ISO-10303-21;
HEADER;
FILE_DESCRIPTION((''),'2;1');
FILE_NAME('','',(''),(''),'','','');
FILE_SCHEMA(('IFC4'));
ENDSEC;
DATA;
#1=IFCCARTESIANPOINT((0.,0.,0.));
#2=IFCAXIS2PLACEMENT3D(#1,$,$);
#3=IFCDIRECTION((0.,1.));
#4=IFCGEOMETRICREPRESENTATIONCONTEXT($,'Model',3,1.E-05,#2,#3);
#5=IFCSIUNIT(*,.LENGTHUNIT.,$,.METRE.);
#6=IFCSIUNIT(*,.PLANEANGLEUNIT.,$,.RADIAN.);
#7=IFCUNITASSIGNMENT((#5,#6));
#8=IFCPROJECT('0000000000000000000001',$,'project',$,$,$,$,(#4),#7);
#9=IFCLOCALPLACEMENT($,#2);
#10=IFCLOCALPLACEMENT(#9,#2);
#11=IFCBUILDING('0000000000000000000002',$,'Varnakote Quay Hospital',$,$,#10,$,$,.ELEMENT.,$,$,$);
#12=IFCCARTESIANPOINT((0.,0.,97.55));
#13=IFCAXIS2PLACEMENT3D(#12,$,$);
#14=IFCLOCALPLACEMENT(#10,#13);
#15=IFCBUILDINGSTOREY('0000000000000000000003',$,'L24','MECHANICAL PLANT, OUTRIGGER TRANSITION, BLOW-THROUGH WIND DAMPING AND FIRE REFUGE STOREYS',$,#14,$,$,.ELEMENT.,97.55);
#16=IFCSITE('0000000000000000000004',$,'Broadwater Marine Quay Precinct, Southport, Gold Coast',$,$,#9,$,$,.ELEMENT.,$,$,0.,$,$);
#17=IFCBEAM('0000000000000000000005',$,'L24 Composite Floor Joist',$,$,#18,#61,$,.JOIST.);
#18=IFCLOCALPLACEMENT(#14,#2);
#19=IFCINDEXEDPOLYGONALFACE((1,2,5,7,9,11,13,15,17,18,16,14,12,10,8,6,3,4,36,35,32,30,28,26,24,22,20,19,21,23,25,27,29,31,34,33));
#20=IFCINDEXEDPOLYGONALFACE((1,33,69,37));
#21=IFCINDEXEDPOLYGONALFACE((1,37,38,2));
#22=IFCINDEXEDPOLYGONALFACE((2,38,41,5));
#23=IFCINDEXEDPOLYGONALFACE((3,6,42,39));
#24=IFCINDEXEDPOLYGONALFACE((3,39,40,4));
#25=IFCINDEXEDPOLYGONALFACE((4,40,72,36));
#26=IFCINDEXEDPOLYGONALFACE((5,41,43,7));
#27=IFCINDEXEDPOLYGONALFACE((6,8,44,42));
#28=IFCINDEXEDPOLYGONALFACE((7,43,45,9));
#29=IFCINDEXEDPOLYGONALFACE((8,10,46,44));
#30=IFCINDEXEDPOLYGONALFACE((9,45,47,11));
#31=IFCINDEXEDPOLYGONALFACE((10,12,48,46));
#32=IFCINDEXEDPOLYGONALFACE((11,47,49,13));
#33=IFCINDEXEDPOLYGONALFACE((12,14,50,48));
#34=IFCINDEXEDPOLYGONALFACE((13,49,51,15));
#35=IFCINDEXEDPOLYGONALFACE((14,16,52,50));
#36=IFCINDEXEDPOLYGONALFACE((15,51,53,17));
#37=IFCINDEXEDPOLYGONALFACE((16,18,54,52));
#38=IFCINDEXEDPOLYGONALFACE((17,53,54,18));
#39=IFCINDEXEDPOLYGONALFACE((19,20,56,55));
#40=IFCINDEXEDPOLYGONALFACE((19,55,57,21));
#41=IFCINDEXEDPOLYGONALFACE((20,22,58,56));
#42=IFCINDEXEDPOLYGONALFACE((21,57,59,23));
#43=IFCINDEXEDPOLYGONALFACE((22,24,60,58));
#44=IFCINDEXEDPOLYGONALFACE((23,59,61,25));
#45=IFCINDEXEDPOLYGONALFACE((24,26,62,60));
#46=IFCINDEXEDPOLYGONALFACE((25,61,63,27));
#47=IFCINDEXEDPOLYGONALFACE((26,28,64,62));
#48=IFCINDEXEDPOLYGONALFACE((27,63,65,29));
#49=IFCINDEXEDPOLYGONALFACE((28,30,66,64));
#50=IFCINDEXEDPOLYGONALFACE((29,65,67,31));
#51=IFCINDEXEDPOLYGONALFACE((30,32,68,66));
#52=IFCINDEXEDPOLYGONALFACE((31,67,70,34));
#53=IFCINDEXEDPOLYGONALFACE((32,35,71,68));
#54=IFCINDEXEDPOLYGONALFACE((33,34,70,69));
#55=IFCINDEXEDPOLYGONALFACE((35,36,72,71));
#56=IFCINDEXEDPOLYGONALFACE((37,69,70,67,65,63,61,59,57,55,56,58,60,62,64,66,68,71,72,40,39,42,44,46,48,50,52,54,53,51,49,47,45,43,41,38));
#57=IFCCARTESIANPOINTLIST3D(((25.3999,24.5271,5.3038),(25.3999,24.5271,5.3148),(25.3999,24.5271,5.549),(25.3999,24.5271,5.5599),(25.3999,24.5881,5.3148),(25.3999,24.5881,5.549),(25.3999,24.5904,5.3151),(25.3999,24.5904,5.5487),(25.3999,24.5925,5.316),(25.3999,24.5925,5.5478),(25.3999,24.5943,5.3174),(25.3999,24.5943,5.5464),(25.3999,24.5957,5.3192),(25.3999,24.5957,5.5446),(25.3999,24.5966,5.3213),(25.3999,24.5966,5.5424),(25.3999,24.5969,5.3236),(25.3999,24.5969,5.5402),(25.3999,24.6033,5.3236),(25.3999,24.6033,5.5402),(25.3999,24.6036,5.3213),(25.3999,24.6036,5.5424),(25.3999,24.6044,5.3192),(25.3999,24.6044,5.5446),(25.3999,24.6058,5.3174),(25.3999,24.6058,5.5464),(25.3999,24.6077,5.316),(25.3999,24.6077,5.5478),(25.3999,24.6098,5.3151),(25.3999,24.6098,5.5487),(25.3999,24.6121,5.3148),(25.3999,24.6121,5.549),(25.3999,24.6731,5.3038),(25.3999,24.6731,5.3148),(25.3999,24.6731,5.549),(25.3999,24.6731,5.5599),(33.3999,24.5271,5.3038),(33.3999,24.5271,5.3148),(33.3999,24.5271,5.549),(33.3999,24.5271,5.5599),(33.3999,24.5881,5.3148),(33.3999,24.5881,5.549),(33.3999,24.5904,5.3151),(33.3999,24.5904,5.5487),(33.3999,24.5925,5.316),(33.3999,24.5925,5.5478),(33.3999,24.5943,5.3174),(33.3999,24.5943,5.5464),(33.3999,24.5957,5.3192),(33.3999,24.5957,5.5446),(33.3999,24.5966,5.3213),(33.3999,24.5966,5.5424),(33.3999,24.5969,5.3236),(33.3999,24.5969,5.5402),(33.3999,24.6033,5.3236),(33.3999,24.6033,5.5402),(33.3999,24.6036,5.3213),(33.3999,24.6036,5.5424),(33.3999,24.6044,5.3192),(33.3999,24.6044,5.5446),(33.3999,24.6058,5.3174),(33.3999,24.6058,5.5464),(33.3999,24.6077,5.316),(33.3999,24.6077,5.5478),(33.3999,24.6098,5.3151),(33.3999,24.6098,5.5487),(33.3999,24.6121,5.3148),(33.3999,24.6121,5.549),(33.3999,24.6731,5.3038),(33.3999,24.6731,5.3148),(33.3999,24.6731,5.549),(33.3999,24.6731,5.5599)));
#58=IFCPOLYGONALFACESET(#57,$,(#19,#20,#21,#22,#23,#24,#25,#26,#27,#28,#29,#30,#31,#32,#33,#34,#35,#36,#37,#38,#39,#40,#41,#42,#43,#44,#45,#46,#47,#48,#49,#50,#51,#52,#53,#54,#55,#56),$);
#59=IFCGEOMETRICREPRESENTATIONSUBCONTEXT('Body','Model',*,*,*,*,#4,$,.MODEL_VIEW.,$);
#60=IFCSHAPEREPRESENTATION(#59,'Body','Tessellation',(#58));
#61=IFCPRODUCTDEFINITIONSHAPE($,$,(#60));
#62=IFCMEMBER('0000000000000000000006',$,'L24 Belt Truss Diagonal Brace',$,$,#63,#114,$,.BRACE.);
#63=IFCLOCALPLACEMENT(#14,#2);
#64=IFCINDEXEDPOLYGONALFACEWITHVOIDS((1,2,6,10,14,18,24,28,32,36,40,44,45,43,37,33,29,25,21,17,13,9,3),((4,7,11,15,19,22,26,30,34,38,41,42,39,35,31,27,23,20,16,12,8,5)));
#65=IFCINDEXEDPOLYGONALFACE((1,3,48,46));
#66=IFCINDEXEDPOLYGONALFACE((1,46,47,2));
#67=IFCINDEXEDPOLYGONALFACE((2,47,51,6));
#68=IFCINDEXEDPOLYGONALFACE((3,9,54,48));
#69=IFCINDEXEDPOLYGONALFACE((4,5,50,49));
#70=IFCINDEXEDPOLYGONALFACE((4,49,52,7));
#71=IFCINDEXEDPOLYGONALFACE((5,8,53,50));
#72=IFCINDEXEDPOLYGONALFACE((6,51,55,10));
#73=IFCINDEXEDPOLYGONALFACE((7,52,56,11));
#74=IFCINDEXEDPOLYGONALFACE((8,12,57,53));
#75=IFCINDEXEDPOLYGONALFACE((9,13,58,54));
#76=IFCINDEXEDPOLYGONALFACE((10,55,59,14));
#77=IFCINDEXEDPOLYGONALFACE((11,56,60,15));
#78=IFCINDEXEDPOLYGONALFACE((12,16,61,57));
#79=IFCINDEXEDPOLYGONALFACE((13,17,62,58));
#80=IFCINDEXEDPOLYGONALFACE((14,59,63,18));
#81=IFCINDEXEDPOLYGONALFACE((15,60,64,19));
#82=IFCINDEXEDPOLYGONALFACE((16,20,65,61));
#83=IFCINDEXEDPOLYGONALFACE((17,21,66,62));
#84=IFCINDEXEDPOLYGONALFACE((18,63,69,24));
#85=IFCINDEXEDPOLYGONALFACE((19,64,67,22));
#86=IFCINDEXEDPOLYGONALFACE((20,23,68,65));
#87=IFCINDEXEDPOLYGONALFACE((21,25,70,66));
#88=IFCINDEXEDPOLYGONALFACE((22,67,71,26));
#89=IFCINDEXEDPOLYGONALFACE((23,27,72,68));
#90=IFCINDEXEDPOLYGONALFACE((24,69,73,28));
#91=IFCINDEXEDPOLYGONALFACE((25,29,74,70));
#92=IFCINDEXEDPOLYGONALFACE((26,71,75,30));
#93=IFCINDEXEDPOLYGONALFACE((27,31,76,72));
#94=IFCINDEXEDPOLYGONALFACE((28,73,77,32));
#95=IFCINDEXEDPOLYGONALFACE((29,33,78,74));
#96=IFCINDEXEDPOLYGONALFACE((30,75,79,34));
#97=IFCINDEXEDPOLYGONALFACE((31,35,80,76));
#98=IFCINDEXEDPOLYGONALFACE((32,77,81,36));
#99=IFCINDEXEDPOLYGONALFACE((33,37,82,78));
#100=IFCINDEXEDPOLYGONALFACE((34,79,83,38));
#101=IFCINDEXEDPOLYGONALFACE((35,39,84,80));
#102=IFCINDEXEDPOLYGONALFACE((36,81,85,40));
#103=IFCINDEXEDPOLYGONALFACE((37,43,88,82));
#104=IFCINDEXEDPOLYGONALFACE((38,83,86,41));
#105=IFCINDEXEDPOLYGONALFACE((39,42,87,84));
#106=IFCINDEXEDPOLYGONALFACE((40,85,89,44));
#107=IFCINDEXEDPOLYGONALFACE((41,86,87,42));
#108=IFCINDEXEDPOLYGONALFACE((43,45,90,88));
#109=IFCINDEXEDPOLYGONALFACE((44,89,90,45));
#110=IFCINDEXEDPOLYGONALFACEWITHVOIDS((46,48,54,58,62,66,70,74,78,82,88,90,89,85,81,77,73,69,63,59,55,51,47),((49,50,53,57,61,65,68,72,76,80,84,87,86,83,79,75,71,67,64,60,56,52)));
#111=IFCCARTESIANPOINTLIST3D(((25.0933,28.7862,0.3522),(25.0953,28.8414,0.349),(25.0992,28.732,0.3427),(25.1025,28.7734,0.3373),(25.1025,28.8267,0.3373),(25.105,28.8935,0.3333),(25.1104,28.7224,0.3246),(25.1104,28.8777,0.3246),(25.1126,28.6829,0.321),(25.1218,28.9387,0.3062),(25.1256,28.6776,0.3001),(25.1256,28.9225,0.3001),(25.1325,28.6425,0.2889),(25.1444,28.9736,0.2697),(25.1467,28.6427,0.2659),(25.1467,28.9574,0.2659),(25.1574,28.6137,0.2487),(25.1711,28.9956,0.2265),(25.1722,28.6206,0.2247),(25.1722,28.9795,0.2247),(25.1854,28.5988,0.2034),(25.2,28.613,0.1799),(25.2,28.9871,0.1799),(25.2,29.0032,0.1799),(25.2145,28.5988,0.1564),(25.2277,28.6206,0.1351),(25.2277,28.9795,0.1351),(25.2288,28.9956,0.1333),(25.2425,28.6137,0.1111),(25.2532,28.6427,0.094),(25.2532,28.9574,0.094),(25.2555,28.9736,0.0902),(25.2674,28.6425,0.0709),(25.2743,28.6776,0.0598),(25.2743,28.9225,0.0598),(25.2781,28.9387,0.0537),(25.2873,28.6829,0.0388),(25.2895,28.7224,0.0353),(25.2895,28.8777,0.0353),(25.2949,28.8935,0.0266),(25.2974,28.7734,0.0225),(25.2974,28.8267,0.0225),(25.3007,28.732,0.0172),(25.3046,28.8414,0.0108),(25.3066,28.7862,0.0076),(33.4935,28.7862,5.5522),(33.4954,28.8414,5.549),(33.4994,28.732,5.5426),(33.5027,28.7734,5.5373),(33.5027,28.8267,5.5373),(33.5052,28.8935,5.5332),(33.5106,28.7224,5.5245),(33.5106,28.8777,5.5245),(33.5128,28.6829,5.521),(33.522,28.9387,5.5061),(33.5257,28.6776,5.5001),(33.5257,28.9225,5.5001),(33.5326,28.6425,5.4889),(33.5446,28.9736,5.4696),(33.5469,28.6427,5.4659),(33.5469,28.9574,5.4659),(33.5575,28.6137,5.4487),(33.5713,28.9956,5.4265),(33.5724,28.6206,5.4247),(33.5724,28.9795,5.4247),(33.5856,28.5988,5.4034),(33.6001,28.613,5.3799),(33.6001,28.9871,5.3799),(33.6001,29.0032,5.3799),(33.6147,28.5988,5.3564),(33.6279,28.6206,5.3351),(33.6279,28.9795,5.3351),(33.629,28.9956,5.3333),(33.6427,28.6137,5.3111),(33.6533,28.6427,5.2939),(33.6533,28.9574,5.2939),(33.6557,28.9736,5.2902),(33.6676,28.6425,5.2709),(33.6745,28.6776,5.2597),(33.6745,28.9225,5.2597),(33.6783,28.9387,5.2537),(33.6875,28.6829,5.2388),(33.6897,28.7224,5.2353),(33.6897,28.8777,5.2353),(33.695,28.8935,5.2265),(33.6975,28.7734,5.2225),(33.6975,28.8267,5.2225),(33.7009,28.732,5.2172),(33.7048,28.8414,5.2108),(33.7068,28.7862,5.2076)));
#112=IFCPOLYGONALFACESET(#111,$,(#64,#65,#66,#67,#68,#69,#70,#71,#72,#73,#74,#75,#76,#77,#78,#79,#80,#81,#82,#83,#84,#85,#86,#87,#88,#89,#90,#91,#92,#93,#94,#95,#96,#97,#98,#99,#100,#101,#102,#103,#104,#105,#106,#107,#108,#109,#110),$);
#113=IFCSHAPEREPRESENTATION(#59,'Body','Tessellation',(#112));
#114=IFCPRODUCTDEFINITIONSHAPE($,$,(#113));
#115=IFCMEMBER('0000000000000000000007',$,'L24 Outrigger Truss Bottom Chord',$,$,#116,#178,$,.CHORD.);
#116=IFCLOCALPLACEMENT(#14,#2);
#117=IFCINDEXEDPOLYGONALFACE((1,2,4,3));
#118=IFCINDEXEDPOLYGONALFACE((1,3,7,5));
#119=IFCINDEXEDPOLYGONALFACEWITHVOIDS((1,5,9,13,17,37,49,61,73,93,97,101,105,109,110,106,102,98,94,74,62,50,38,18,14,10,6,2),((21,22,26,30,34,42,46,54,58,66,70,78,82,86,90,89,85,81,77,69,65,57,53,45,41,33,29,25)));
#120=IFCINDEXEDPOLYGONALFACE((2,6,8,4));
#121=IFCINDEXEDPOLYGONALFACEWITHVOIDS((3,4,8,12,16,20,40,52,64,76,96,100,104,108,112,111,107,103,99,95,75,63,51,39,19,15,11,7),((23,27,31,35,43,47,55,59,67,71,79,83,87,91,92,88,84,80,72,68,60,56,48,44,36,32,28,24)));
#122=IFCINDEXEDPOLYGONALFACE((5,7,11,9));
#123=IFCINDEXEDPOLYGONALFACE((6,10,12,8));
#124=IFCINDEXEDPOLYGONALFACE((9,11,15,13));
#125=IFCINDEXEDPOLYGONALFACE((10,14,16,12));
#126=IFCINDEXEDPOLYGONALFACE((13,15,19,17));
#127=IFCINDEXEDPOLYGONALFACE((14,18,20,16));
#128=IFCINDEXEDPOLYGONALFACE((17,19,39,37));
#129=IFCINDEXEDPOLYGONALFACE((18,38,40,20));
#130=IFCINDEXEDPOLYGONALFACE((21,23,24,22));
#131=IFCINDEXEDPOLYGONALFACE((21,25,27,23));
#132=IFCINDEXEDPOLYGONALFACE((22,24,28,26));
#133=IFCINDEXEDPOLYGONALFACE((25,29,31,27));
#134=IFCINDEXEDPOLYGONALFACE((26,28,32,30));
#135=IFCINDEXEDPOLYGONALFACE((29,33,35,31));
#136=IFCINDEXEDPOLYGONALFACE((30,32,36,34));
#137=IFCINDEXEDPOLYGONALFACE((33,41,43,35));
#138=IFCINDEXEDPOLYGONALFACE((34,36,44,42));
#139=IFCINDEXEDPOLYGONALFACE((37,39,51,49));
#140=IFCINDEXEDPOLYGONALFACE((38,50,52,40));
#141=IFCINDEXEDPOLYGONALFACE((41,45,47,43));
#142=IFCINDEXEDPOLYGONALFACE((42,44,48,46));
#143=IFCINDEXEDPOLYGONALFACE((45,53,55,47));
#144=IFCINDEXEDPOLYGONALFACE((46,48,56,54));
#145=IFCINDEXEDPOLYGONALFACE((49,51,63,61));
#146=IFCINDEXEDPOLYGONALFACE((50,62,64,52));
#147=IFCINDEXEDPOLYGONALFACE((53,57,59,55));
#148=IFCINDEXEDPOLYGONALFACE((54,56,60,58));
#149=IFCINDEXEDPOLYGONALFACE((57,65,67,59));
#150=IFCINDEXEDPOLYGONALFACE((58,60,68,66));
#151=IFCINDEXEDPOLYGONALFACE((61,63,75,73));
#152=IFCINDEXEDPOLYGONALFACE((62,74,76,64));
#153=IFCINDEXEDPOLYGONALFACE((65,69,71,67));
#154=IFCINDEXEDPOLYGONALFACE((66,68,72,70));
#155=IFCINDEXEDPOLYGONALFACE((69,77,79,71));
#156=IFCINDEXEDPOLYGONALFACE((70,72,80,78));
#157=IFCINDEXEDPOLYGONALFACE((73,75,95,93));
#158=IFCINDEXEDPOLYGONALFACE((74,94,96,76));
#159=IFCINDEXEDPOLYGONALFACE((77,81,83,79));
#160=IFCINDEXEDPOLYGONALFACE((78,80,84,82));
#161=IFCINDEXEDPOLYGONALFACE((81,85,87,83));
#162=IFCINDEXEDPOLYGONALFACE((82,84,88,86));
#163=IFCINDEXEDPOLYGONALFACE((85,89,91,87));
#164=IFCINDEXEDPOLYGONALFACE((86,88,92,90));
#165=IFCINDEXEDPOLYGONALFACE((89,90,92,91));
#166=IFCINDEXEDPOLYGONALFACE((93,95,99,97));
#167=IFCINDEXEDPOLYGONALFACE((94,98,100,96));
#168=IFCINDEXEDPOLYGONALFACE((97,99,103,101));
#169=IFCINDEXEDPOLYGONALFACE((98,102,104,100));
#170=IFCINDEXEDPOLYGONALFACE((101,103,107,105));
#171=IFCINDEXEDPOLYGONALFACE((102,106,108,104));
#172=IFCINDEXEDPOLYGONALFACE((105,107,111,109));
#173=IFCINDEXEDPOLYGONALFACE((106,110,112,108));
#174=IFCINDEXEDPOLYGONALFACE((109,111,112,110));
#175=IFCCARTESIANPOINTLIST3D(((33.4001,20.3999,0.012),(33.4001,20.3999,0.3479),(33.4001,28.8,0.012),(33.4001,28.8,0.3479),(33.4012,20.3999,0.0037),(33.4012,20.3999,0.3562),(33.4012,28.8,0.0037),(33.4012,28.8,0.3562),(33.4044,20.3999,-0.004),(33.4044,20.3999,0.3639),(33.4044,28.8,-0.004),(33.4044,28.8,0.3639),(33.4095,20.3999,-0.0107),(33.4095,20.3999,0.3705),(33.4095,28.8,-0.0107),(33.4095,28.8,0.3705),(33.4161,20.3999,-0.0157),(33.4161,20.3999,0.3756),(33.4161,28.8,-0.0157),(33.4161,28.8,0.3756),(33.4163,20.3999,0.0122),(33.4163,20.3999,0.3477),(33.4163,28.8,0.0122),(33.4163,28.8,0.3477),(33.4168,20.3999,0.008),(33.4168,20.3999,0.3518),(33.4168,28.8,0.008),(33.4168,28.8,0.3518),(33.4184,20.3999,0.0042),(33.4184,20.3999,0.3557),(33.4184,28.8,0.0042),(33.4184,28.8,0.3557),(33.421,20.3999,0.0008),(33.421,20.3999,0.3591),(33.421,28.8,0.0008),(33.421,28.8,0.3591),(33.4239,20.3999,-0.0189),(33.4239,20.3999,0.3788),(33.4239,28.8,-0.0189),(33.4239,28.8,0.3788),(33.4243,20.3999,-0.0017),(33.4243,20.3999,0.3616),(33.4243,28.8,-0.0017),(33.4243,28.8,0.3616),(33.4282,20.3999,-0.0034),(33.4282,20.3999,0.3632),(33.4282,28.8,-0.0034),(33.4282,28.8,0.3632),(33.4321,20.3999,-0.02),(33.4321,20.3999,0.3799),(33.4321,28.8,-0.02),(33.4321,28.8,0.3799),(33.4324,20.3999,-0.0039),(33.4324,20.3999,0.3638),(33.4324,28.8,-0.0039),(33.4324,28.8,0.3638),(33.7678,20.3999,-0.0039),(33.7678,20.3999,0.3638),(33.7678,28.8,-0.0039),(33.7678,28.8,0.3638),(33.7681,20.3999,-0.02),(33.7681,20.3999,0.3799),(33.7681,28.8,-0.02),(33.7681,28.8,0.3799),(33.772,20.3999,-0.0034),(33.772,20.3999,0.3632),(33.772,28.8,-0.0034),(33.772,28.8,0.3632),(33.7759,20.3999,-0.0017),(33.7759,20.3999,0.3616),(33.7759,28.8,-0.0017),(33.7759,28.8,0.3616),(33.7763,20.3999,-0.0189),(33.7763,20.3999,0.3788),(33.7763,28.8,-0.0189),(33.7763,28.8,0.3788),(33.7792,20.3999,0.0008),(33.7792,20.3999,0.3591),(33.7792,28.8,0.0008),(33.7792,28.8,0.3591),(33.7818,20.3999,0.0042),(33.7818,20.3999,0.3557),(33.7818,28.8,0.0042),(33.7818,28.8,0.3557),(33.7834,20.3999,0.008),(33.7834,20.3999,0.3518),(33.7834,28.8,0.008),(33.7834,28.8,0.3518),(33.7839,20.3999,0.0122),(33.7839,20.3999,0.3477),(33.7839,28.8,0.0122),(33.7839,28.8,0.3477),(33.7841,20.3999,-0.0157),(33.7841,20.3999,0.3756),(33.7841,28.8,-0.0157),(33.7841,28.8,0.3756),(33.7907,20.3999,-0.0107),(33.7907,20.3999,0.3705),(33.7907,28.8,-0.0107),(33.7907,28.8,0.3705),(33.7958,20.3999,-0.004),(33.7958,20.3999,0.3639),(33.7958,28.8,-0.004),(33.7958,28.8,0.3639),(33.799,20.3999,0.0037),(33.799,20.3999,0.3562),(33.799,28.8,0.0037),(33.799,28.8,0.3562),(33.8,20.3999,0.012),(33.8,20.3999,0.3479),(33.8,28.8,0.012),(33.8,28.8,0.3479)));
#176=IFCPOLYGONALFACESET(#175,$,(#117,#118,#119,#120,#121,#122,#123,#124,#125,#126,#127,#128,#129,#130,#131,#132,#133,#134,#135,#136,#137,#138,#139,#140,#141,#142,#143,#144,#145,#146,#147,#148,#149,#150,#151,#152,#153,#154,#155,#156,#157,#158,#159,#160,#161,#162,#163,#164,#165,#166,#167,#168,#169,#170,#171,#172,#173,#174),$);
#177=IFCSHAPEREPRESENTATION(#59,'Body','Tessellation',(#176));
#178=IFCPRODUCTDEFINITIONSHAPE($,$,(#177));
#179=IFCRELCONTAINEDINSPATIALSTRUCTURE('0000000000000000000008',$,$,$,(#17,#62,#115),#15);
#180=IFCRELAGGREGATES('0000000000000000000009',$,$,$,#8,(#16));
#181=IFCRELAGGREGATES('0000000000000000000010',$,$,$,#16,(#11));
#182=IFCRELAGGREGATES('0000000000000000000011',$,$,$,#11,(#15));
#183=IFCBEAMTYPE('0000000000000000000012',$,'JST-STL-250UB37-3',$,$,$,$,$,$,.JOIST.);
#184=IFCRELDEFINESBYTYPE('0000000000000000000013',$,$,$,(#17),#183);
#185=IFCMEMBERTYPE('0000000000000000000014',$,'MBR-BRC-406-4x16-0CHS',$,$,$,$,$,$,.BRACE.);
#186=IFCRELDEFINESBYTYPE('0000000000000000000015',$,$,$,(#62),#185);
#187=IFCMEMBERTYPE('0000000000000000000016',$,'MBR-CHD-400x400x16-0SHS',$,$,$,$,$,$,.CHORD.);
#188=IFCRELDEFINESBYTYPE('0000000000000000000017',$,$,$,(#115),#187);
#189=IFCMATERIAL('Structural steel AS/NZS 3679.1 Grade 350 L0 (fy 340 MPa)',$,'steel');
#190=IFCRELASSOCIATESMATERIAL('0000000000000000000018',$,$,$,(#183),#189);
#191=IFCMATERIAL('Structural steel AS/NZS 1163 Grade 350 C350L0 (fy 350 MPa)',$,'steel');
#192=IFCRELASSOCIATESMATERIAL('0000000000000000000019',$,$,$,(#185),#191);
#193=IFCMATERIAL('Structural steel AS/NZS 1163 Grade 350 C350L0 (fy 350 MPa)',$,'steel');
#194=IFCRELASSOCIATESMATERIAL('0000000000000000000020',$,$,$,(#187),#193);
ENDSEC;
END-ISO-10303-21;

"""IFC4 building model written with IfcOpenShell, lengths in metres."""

from ifc_helpers import new_model, si_unit, direction, frame, origin, origin_2d, place, context, subcontext, project, spatial, hollow_rectangle, hollow_circle, i_section, extrude, material, material_profile, profile_set, type_object, element, save


model = new_model("IFC4")

# Units and contexts
model_context = context("Model", 3, precision=1e-05, world=origin(), true_north=direction((0.0, 1.0)))
body_context = subcontext(model_context, "Body", "Model", "MODEL_VIEW")
ifc_project = project(units=[si_unit("LENGTHUNIT", "METRE"), si_unit("PLANEANGLEUNIT", "RADIAN")], contexts=[model_context])

# Site, building, storey
site_placement = place(None, origin())
site = spatial("IfcSite", under=ifc_project, at=site_placement, Name="Broadwater Marine Quay Precinct, Southport, Gold Coast", CompositionType="ELEMENT", RefElevation=0.0)
building_placement = place(site_placement, origin())
building = spatial("IfcBuilding", under=site, at=building_placement, Name="Varnakote Quay Hospital", CompositionType="ELEMENT")
storey_placement = place(building_placement, frame((0.0, 0.0, 97.55)))
storey = spatial("IfcBuildingStorey", under=building, at=storey_placement, Name="L24", Description="MECHANICAL PLANT, OUTRIGGER TRANSITION, BLOW-THROUGH WIND DAMPING AND FIRE REFUGE STOREYS", CompositionType="ELEMENT", Elevation=97.55)

# Beam
ifc_material_1 = material(Name="Structural steel AS/NZS 3679.1 Grade 350 L0 (fy 340 MPa)", Category="steel")
ifc_material_profile_1 = material_profile(ifc_material_1, i_section(OverallWidth=0.146, OverallDepth=0.2561, WebThickness=0.0063, FlangeThickness=0.011, FilletRadius=0.0088, at=origin_2d()), Name="250UB37.3")
ifc_profile_set_1 = profile_set([ifc_material_profile_1], Name="Structural steel AS/NZS 3679.1 Grade 350 L0 (fy 340 MPa)")
beam_type_1 = type_object("IfcBeamType", Name="JST-STL-250UB37-3", PredefinedType="JOIST", material=ifc_profile_set_1)
beam_1_placement = place(storey_placement, frame((25.3999, 24.6001, 5.4319), z_axis=(1.0, 0.0, 0.0), x_axis=(0.0, 1.0, 0.0)))
element("IfcBeam", 1, at=beam_1_placement, inside=storey, type_object=beam_type_1, Name="L24 Composite Floor Joist", PredefinedType="JOIST", context=body_context, shape_type="SweptSolid", body=[
    extrude(i_section(OverallWidth=0.146, OverallDepth=0.2561, WebThickness=0.0063, FlangeThickness=0.011, FilletRadius=0.0088, at=origin_2d()), origin(), (0.0, 0.0, 1.0), 8.0),
])

# Members
ifc_material_2 = material(Name="Structural steel AS/NZS 1163 Grade 350 C350L0 (fy 350 MPa)", Category="steel")
ifc_material_profile_2 = material_profile(ifc_material_2, hollow_circle(Radius=0.2031, WallThickness=0.0161, at=origin_2d()), Name="406.4x16.0CHS")
ifc_profile_set_2 = profile_set([ifc_material_profile_2], Name="Structural steel AS/NZS 1163 Grade 350 C350L0 (fy 350 MPa)")
member_type_1 = type_object("IfcMemberType", Name="MBR-BRC-406-4x16-0CHS", PredefinedType="BRACE", material=ifc_profile_set_2)
member_placement = place(storey_placement, frame((25.2, 28.8, 0.1799), z_axis=(0.850271, 0.0, 0.526344), x_axis=(0.0, 1.0, 0.0)))
element("IfcMember", 2, at=member_placement, inside=storey, type_object=member_type_1, Name="L24 Belt Truss Diagonal Brace", PredefinedType="BRACE", context=body_context, shape_type="SweptSolid", body=[
    extrude(hollow_circle(Radius=0.2031, WallThickness=0.0161, at=origin_2d()), origin(), (0.0, 0.0, 1.0), 9.8794),
])
ifc_material_3 = material(Name="Structural steel AS/NZS 1163 Grade 350 C350L0 (fy 350 MPa)", Category="steel")
ifc_material_profile_3 = material_profile(ifc_material_3, hollow_rectangle(XDim=0.3999, YDim=0.3999, WallThickness=0.0161, InnerFilletRadius=0.0161, OuterFilletRadius=0.032, at=origin_2d()), Name="400x400x16.0SHS")
ifc_profile_set_3 = profile_set([ifc_material_profile_3], Name="Structural steel AS/NZS 1163 Grade 350 C350L0 (fy 350 MPa)")
member_type_2 = type_object("IfcMemberType", Name="MBR-CHD-400x400x16-0SHS", PredefinedType="CHORD", material=ifc_profile_set_3)
for number, where, z_axis, x_axis, name in (
    (3, (33.6001, 20.3999, 0.1799), (0.0, 1.0, 0.0), (-1.0, 0.0, 0.0), "L24 Outrigger Truss Bottom Chord"),
):
    element("IfcMember", number, at=place(storey_placement, frame(where, z_axis=z_axis, x_axis=x_axis)), inside=storey, type_object=member_type_2, Name=name, PredefinedType="CHORD", context=body_context, shape_type="SweptSolid", body=[
        extrude(hollow_rectangle(XDim=0.3999, YDim=0.3999, WallThickness=0.0161, InnerFilletRadius=0.0161, OuterFilletRadius=0.032, at=origin_2d()), origin(), (0.0, 0.0, 1.0), 8.4001),
    ])

save(model, "model.ifc")
